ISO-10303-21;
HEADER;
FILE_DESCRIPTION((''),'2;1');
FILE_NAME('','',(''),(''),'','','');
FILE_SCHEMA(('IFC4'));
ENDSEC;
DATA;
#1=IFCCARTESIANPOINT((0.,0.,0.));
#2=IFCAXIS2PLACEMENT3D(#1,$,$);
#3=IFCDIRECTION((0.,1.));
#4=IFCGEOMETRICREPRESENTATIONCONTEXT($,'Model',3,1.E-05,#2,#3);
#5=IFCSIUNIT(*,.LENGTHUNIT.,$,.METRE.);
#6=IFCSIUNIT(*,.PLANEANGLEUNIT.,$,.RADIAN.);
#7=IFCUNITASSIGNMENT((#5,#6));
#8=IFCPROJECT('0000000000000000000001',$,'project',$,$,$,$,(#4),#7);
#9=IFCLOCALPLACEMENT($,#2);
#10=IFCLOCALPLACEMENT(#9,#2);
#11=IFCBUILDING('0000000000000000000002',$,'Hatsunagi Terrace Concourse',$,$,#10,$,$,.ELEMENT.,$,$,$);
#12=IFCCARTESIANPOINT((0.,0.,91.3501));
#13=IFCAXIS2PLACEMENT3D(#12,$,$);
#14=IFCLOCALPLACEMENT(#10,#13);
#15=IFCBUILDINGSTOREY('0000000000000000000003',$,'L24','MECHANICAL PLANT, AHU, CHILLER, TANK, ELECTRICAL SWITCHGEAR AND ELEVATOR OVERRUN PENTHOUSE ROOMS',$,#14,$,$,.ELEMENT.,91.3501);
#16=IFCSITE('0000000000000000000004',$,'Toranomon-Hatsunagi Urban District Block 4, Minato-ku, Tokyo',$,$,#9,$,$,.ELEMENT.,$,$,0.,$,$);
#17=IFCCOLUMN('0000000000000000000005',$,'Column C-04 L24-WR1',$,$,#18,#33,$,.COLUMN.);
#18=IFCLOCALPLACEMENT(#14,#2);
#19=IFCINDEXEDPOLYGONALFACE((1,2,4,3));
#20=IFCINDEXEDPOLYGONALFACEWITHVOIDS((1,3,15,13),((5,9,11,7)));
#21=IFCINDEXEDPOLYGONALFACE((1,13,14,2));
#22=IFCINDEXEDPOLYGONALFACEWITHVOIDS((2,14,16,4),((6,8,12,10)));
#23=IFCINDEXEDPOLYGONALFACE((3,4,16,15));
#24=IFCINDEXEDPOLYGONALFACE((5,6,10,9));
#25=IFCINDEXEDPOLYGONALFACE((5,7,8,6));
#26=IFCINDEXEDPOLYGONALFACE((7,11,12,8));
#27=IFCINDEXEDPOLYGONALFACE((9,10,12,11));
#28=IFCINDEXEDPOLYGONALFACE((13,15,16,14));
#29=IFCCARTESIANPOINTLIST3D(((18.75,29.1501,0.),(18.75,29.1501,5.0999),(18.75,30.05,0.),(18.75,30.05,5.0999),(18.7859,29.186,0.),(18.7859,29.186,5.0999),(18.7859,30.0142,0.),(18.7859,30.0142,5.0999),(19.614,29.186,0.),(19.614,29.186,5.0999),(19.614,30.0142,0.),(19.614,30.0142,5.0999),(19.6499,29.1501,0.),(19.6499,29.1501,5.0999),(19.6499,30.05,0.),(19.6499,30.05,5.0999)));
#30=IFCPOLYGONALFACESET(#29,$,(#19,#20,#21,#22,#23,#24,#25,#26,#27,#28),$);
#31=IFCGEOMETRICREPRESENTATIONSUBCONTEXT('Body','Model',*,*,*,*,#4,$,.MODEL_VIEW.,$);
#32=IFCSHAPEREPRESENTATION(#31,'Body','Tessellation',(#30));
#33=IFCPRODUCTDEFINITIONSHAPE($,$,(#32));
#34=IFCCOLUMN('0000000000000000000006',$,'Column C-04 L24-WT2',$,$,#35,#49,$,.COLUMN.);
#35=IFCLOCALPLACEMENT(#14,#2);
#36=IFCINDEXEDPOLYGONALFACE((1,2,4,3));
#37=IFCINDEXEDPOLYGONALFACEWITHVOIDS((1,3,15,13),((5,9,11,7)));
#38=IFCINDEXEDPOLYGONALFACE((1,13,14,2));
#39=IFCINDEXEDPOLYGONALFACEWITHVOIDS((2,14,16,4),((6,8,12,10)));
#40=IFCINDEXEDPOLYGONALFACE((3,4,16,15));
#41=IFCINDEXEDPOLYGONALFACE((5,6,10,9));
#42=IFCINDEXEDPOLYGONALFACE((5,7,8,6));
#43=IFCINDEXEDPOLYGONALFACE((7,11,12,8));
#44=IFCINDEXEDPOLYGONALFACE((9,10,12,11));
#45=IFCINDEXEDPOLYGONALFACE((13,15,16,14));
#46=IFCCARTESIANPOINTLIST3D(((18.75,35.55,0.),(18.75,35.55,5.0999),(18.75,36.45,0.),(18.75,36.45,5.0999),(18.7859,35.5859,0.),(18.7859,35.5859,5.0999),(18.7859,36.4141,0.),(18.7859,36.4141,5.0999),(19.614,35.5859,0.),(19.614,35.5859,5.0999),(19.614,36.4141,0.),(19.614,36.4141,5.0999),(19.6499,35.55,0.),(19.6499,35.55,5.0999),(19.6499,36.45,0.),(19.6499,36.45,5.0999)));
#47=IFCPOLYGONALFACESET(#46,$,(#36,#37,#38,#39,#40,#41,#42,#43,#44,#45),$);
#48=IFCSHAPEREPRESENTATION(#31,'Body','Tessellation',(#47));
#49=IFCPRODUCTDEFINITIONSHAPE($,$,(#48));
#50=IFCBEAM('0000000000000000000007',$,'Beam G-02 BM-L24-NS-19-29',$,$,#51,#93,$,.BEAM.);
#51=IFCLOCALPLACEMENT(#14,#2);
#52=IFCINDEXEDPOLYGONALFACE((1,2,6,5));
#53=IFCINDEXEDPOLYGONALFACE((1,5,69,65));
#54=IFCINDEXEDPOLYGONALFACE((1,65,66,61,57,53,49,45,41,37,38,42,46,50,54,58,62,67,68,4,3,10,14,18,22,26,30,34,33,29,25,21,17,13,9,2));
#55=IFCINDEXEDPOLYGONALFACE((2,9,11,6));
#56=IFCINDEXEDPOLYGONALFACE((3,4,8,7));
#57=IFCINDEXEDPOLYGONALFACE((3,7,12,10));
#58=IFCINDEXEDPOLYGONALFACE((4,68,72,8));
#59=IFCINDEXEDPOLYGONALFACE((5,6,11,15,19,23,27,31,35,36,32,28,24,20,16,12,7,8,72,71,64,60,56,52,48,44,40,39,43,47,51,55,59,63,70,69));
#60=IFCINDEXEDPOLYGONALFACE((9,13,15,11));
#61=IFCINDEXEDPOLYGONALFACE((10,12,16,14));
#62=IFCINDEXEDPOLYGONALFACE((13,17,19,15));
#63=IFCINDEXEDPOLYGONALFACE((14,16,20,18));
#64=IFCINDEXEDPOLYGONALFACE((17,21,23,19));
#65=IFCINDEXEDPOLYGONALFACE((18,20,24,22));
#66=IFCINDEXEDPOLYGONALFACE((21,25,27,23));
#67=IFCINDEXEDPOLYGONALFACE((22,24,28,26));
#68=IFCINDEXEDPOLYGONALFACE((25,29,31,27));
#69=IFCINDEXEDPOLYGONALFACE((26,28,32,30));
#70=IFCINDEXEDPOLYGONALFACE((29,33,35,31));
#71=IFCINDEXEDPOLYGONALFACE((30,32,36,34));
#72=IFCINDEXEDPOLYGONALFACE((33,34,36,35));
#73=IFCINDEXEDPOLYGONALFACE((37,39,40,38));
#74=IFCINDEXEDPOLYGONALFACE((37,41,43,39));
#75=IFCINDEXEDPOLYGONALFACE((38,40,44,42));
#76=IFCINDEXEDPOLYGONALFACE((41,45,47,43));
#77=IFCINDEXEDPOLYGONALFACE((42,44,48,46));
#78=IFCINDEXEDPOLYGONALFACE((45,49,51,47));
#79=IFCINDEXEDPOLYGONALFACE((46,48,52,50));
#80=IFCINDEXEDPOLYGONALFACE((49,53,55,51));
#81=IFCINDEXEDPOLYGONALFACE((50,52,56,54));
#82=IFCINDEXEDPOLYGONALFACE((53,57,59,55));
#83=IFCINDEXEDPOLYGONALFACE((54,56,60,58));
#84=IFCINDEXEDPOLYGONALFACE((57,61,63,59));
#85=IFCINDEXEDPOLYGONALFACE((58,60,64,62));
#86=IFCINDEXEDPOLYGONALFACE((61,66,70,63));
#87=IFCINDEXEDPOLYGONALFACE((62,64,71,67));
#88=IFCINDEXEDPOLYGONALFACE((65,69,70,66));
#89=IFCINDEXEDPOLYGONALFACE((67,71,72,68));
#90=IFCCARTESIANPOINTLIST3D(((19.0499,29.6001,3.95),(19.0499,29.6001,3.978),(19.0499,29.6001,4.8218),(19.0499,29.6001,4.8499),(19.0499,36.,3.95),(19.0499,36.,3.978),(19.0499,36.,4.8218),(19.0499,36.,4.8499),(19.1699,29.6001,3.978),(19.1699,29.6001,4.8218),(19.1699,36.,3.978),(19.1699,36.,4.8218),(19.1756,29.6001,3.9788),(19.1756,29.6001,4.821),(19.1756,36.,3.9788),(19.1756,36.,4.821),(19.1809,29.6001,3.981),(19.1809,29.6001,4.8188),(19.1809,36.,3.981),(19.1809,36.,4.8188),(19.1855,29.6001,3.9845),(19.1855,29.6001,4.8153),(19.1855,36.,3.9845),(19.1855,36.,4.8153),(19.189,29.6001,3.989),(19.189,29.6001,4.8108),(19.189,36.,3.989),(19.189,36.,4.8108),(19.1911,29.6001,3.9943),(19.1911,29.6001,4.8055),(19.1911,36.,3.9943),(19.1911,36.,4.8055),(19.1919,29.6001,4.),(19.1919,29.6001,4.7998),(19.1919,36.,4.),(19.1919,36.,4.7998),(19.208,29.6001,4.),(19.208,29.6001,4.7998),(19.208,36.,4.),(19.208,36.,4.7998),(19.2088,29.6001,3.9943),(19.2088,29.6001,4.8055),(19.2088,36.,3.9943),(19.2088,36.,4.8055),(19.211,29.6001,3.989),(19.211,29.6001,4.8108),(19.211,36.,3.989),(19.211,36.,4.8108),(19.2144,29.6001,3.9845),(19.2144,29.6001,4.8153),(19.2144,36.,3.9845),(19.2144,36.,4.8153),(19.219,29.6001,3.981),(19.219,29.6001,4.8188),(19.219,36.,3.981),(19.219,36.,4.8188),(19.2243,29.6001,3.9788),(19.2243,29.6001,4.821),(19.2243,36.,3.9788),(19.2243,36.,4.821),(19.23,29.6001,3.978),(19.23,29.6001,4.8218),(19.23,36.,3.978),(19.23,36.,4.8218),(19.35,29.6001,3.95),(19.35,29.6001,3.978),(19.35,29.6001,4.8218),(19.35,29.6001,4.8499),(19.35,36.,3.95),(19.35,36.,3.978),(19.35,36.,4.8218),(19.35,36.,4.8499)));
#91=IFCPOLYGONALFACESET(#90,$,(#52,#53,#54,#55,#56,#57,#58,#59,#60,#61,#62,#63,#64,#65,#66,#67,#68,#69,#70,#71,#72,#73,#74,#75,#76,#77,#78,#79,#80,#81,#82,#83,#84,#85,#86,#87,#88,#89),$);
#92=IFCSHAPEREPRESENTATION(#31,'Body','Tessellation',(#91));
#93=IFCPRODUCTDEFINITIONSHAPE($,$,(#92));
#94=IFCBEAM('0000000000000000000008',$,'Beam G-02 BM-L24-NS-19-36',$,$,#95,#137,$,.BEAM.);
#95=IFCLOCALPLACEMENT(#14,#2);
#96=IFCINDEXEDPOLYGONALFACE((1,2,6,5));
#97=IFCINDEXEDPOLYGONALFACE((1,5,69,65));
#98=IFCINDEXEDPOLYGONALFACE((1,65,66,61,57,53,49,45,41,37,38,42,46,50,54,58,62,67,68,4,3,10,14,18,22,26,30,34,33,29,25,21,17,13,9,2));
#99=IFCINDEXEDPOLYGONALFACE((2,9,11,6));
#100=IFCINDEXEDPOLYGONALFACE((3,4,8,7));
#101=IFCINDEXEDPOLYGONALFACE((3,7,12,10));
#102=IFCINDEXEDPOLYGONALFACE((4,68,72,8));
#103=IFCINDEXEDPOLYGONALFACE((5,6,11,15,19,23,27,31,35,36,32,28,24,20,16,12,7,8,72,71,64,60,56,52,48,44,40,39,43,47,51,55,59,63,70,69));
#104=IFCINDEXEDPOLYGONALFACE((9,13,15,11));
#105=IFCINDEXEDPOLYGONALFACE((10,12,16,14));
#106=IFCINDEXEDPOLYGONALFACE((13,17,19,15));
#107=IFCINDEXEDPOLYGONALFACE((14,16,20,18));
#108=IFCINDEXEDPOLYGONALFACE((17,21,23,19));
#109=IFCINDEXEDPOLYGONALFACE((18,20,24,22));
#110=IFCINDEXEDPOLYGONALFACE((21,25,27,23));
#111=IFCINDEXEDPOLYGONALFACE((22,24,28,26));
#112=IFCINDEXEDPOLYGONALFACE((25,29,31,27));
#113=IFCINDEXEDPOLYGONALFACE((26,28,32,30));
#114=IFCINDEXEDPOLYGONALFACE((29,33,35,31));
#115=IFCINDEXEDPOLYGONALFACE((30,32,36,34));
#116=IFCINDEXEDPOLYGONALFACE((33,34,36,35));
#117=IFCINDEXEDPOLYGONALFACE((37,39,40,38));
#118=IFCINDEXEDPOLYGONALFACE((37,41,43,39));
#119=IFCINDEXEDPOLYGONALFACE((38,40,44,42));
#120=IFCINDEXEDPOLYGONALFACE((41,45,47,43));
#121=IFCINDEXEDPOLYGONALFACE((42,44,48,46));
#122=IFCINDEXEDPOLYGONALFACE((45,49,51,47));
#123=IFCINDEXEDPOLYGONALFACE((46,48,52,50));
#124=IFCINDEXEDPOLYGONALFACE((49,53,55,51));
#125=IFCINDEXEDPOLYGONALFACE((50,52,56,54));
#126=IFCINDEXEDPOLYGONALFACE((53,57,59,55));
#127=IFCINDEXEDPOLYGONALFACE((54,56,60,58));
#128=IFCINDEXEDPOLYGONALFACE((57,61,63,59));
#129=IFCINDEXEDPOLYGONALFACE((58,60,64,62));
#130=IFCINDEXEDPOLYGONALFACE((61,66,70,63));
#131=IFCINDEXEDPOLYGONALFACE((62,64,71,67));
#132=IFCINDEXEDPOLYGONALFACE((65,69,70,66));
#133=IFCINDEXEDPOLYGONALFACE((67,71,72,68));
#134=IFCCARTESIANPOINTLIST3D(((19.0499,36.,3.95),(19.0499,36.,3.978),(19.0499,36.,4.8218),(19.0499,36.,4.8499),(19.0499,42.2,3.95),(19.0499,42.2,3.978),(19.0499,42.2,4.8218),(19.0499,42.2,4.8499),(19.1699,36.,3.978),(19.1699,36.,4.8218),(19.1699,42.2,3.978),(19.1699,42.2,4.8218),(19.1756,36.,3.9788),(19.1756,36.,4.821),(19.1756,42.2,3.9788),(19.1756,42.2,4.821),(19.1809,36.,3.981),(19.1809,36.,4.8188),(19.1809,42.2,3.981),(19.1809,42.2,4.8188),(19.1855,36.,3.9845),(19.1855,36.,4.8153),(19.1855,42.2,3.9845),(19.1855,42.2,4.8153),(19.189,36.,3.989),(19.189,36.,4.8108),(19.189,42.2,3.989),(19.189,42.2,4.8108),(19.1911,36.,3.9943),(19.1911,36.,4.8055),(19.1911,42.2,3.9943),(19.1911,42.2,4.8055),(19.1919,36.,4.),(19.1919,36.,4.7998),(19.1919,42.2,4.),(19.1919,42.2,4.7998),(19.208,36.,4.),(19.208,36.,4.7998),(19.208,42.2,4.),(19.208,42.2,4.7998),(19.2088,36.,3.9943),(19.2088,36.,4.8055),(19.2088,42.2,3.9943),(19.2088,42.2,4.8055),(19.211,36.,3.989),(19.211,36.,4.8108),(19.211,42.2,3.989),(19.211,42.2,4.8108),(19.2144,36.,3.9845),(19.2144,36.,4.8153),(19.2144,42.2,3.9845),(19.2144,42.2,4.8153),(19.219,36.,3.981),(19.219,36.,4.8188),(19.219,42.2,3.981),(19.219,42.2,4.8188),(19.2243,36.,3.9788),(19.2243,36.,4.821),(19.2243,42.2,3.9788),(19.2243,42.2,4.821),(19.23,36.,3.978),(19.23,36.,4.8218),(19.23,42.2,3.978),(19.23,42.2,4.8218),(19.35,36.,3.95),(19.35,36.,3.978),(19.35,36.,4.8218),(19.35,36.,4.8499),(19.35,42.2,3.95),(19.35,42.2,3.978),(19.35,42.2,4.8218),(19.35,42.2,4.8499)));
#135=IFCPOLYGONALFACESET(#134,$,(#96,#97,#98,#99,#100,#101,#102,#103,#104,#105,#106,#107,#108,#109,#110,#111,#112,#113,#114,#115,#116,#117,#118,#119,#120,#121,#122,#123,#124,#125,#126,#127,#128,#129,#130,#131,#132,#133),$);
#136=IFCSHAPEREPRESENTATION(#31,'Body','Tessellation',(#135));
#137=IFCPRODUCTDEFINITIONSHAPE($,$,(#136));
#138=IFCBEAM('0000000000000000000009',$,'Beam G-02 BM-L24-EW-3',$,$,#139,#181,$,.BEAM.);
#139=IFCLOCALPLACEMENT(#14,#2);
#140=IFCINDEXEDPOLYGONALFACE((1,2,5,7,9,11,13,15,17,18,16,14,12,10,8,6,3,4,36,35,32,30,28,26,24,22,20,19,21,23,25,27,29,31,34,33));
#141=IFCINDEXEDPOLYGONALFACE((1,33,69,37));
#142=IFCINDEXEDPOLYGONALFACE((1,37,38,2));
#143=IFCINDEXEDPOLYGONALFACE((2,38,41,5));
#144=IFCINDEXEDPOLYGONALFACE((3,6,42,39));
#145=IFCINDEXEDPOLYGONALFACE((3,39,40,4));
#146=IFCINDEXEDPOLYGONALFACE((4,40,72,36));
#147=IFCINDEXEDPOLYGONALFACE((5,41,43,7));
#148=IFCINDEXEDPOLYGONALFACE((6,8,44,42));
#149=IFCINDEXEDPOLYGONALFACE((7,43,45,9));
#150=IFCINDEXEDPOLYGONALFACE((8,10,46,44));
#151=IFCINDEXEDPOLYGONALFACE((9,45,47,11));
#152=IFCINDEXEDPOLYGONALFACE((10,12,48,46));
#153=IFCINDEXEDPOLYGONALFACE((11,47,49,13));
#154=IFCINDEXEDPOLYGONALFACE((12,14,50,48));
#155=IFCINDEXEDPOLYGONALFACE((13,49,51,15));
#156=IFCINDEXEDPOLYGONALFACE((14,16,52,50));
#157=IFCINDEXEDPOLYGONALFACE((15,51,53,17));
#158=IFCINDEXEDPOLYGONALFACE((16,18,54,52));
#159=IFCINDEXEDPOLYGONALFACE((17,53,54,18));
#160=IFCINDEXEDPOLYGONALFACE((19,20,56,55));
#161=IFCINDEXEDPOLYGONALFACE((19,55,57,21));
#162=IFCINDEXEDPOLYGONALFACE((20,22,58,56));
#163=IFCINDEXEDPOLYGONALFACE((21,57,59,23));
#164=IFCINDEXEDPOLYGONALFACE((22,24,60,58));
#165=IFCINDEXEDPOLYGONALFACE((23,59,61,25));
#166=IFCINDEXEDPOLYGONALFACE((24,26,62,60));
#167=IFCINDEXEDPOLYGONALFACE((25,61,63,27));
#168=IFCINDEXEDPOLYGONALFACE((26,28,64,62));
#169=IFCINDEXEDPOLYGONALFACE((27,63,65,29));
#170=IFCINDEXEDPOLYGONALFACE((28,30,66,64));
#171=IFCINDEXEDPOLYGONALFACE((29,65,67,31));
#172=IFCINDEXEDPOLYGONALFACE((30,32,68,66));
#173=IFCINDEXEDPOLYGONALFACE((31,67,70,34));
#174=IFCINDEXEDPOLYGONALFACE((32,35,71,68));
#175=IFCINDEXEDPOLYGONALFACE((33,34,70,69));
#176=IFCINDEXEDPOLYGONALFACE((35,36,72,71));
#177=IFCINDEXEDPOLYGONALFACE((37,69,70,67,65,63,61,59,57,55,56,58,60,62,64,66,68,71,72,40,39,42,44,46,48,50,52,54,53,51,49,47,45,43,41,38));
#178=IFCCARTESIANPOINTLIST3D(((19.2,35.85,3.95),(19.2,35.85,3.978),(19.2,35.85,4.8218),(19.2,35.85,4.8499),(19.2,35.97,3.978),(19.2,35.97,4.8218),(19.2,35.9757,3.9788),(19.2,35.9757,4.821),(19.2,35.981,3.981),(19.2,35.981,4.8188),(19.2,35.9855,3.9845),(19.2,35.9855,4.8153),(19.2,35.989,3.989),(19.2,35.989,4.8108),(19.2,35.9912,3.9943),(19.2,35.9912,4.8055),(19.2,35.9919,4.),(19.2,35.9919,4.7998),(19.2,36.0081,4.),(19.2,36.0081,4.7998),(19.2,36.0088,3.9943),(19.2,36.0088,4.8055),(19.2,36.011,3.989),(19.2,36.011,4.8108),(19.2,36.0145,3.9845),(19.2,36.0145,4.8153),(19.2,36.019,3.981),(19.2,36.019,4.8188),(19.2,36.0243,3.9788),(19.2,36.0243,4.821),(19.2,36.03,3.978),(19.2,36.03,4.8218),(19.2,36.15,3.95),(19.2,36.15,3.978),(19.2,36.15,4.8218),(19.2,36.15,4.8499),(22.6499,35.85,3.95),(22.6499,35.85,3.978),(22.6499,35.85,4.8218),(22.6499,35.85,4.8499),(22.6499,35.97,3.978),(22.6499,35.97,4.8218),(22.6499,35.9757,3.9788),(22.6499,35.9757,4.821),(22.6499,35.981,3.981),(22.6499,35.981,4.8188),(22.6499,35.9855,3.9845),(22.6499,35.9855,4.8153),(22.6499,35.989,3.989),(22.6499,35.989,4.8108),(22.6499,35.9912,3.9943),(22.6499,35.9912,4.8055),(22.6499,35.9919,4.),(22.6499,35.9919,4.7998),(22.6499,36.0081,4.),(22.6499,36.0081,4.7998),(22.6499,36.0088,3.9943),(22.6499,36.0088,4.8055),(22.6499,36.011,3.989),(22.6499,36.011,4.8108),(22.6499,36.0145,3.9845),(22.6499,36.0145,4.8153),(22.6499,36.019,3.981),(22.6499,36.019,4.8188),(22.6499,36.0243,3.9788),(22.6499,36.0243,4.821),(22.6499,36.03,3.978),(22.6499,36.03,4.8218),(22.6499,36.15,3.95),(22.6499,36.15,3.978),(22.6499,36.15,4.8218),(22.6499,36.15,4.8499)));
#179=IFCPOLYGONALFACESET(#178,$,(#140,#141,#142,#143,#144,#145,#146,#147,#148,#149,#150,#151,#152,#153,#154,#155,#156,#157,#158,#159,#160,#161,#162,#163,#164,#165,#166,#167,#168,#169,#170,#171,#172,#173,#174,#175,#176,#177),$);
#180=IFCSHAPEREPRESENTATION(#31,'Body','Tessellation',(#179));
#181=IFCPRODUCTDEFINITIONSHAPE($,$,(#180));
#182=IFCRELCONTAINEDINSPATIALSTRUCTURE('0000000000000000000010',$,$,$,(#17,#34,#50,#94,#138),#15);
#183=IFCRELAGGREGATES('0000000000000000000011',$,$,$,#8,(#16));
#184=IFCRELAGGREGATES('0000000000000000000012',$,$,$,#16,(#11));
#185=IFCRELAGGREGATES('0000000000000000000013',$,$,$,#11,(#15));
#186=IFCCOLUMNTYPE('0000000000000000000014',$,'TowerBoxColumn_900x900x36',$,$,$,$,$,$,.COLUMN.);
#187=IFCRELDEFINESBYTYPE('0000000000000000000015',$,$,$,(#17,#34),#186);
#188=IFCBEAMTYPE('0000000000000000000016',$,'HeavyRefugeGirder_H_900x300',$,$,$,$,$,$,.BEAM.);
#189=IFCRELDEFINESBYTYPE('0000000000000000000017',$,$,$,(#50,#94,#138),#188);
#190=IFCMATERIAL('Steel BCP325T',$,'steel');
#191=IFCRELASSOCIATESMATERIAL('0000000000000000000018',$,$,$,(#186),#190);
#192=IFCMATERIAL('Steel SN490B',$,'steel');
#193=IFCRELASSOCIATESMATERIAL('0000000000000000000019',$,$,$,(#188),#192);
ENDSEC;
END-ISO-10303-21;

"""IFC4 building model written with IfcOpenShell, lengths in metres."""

from ifc_helpers import new_model, si_unit, direction, frame, origin, origin_2d, place, context, subcontext, project, spatial, hollow_rectangle, i_section, extrude, material, material_profile, profile_set, type_object, element, save


model = new_model("IFC4")

# Units and contexts
model_context = context("Model", 3, precision=1e-05, world=origin(), true_north=direction((0.0, 1.0)))
body_context = subcontext(model_context, "Body", "Model", "MODEL_VIEW")
ifc_project = project(units=[si_unit("LENGTHUNIT", "METRE"), si_unit("PLANEANGLEUNIT", "RADIAN")], contexts=[model_context])

# Site, building, storey
site_placement = place(None, origin())
site = spatial("IfcSite", under=ifc_project, at=site_placement, Name="Toranomon-Hatsunagi Urban District Block 4, Minato-ku, Tokyo", CompositionType="ELEMENT", RefElevation=0.0)
building_placement = place(site_placement, origin())
building = spatial("IfcBuilding", under=site, at=building_placement, Name="Hatsunagi Terrace Concourse", CompositionType="ELEMENT")
storey_placement = place(building_placement, frame((0.0, 0.0, 91.3501)))
storey = spatial("IfcBuildingStorey", under=building, at=storey_placement, Name="L24", Description="MECHANICAL PLANT, AHU, CHILLER, TANK, ELECTRICAL SWITCHGEAR AND ELEVATOR OVERRUN PENTHOUSE ROOMS", CompositionType="ELEMENT", Elevation=91.3501)

# Columns
ifc_material_1 = material(Name="Steel BCP325T", Category="steel")
ifc_material_profile_1 = material_profile(ifc_material_1, hollow_rectangle(XDim=0.8999, YDim=0.8999, WallThickness=0.0359, at=origin_2d()), Name="BCP-900x900x36")
ifc_profile_set_1 = profile_set([ifc_material_profile_1], Name="Steel BCP325T")
column_type = type_object("IfcColumnType", Name="TowerBoxColumn_900x900x36", PredefinedType="COLUMN", material=ifc_profile_set_1)
for number, where, z_axis, x_axis, name in (
    (1, (19.2, 29.6001, 0.0), (0.0, 0.0, 1.0), (1.0, 0.0, 0.0), "Column C-04 L24-WR1"),
    (2, (19.2, 36.0, 0.0), (0.0, 0.0, 1.0), (1.0, 0.0, 0.0), "Column C-04 L24-WT2"),
):
    element("IfcColumn", number, at=place(storey_placement, frame(where, z_axis=z_axis, x_axis=x_axis)), inside=storey, type_object=column_type, Name=name, PredefinedType="COLUMN", context=body_context, shape_type="SweptSolid", body=[
        extrude(hollow_rectangle(XDim=0.8999, YDim=0.8999, WallThickness=0.0359, at=origin_2d()), origin(), (0.0, 0.0, 1.0), 5.0999),
    ])

# Beams
ifc_material_2 = material(Name="Steel SN490B", Category="steel")
ifc_material_profile_2 = material_profile(ifc_material_2, i_section(OverallWidth=0.3, OverallDepth=0.8999, WebThickness=0.0161, FlangeThickness=0.0281, FilletRadius=0.022, at=origin_2d()), Name="H-900x300x16x28")
ifc_profile_set_2 = profile_set([ifc_material_profile_2], Name="Steel SN490B")
beam_type_1 = type_object("IfcBeamType", Name="HeavyRefugeGirder_H_900x300", PredefinedType="BEAM", material=ifc_profile_set_2)
beam_1_placement = place(storey_placement, frame((19.2, 29.6001, 4.3999), z_axis=(0.0, 1.0, 0.0), x_axis=(-1.0, 0.0, 0.0)))
element("IfcBeam", 3, at=beam_1_placement, inside=storey, type_object=beam_type_1, Name="Beam G-02 BM-L24-NS-19-29", PredefinedType="BEAM", context=body_context, shape_type="SweptSolid", body=[
    extrude(i_section(OverallWidth=0.3, OverallDepth=0.8999, WebThickness=0.0161, FlangeThickness=0.0281, FilletRadius=0.022, at=origin_2d()), origin(), (0.0, 0.0, 1.0), 6.3999),
])
beam_2_placement = place(storey_placement, frame((19.2, 36.0, 4.3999), z_axis=(0.0, 1.0, 0.0), x_axis=(-1.0, 0.0, 0.0)))
element("IfcBeam", 4, at=beam_2_placement, inside=storey, type_object=beam_type_1, Name="Beam G-02 BM-L24-NS-19-36", PredefinedType="BEAM", context=body_context, shape_type="SweptSolid", body=[
    extrude(i_section(OverallWidth=0.3, OverallDepth=0.8999, WebThickness=0.0161, FlangeThickness=0.0281, FilletRadius=0.022, at=origin_2d()), origin(), (0.0, 0.0, 1.0), 6.2),
])
beam_3_placement = place(storey_placement, frame((19.2, 36.0, 4.3999), z_axis=(1.0, 0.0, 0.0), x_axis=(0.0, 1.0, 0.0)))
element("IfcBeam", 5, at=beam_3_placement, inside=storey, type_object=beam_type_1, Name="Beam G-02 BM-L24-EW-3", PredefinedType="BEAM", context=body_context, shape_type="SweptSolid", body=[
    extrude(i_section(OverallWidth=0.3, OverallDepth=0.8999, WebThickness=0.0161, FlangeThickness=0.0281, FilletRadius=0.022, at=origin_2d()), origin(), (0.0, 0.0, 1.0), 3.45),
])

save(model, "model.ifc")
